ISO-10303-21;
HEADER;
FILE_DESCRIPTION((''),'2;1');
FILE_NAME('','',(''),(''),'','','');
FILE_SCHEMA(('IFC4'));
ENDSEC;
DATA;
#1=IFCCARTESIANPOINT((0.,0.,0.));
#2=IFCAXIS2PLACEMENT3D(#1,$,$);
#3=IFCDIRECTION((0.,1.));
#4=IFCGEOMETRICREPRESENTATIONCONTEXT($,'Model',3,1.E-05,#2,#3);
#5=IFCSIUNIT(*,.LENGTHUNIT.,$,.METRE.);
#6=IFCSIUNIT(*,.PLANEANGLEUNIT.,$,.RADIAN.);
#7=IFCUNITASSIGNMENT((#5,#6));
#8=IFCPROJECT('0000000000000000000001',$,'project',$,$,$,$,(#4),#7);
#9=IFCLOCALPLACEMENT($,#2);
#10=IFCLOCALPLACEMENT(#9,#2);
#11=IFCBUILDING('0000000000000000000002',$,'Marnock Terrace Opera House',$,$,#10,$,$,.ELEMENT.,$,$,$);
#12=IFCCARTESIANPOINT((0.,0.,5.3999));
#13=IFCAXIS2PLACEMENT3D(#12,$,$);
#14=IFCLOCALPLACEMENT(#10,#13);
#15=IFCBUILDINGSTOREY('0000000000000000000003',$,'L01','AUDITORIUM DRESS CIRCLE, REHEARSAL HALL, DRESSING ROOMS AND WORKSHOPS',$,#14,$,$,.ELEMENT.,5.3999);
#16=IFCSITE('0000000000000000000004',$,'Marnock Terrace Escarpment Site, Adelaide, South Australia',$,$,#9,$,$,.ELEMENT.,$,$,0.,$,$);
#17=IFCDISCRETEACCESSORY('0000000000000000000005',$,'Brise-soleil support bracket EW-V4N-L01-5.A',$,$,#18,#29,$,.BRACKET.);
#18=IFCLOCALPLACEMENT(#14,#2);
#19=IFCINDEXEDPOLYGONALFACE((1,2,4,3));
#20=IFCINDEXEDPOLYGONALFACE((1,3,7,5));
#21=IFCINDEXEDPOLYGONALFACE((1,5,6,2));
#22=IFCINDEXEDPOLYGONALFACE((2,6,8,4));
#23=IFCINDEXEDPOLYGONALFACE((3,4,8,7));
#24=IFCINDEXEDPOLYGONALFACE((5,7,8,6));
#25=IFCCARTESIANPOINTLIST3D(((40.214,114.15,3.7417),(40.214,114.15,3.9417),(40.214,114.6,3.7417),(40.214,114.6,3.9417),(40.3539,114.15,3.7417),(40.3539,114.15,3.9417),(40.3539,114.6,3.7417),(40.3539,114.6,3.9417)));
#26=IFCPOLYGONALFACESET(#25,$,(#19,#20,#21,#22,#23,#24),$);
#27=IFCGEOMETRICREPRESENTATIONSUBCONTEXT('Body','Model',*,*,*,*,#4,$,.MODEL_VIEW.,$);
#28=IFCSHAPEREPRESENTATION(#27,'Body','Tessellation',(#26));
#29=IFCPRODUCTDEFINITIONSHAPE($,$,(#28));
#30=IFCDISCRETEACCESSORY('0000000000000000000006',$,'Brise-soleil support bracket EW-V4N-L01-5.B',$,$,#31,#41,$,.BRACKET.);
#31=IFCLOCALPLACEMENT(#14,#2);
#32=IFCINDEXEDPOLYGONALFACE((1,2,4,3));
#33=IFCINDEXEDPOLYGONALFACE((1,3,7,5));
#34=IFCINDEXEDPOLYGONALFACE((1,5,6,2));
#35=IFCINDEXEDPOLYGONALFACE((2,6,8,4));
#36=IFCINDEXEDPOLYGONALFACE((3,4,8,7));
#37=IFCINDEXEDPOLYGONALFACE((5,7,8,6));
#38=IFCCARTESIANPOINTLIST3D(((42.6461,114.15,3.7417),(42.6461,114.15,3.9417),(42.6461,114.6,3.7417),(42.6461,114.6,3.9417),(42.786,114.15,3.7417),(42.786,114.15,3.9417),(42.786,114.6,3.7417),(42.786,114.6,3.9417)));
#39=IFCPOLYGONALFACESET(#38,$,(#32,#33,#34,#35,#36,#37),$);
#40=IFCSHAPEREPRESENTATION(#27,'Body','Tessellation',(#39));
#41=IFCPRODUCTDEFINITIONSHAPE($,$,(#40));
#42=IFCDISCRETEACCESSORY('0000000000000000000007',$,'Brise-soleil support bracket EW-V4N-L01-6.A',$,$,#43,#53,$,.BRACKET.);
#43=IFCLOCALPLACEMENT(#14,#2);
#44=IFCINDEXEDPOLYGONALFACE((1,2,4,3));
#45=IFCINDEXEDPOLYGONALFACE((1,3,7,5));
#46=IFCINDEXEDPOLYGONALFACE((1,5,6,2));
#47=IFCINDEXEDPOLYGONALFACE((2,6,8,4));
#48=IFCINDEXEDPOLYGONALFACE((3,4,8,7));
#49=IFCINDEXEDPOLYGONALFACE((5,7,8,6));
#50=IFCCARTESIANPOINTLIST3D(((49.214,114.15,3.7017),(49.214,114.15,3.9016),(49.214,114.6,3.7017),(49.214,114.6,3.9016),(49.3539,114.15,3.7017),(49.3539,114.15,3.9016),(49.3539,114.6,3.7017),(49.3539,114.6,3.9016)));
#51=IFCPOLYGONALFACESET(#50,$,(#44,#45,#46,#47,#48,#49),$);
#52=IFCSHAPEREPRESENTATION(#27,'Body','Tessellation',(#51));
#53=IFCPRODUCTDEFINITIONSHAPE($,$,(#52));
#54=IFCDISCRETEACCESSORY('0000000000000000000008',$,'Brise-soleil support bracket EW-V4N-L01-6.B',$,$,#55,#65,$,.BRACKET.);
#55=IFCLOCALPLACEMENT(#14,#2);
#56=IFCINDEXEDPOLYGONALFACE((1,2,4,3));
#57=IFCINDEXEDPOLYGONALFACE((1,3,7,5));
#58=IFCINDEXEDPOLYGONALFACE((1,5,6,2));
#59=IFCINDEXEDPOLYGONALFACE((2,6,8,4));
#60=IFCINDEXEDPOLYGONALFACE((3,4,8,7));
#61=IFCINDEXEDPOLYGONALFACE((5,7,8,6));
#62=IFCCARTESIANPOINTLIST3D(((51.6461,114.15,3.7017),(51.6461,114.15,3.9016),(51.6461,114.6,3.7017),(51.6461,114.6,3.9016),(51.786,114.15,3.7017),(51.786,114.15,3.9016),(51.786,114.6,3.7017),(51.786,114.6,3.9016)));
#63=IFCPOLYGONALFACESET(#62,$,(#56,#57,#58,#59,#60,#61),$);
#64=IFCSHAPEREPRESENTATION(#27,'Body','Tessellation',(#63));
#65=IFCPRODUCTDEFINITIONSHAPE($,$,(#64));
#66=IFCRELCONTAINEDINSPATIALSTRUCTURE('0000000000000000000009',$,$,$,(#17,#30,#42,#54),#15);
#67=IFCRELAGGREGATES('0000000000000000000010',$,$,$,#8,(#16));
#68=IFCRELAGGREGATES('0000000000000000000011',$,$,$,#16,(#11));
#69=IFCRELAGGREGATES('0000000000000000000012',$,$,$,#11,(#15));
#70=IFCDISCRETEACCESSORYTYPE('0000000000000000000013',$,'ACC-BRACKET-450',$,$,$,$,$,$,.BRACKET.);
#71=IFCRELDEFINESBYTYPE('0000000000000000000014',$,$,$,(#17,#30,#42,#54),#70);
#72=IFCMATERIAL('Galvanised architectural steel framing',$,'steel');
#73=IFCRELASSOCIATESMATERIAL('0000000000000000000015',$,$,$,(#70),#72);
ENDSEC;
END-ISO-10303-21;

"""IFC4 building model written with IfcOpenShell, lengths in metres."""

from ifc_helpers import new_model, si_unit, direction, frame, origin, origin_2d, place, context, subcontext, project, spatial, rectangle, extrude, material, type_object, element, save


model = new_model("IFC4")

# Units and contexts
model_context = context("Model", 3, precision=1e-05, world=origin(), true_north=direction((0.0, 1.0)))
body_context = subcontext(model_context, "Body", "Model", "MODEL_VIEW")
ifc_project = project(units=[si_unit("LENGTHUNIT", "METRE"), si_unit("PLANEANGLEUNIT", "RADIAN")], contexts=[model_context])

# Site, building, storey
site_placement = place(None, origin())
site = spatial("IfcSite", under=ifc_project, at=site_placement, Name="Marnock Terrace Escarpment Site, Adelaide, South Australia", CompositionType="ELEMENT", RefElevation=0.0)
building_placement = place(site_placement, origin())
building = spatial("IfcBuilding", under=site, at=building_placement, Name="Marnock Terrace Opera House", CompositionType="ELEMENT")
storey_placement = place(building_placement, frame((0.0, 0.0, 5.3999)))
storey = spatial("IfcBuildingStorey", under=building, at=storey_placement, Name="L01", Description="AUDITORIUM DRESS CIRCLE, REHEARSAL HALL, DRESSING ROOMS AND WORKSHOPS", CompositionType="ELEMENT", Elevation=5.3999)

# Discrete accessories
ifc_material_1 = material(Name="Galvanised architectural steel framing", Category="steel")
discrete_accessory_type = type_object("IfcDiscreteAccessoryType", Name="ACC-BRACKET-450", PredefinedType="BRACKET", material=ifc_material_1)
for number, where, z_axis, x_axis, name in (
    (1, (40.2839, 114.375, 3.7417), (0.0, 0.0, 1.0), (1.0, 0.0, 0.0), "Brise-soleil support bracket EW-V4N-L01-5.A"),
    (2, (42.7161, 114.375, 3.7417), (0.0, 0.0, 1.0), (1.0, 0.0, 0.0), "Brise-soleil support bracket EW-V4N-L01-5.B"),
    (3, (49.2839, 114.375, 3.7017), (0.0, 0.0, 1.0), (1.0, 0.0, 0.0), "Brise-soleil support bracket EW-V4N-L01-6.A"),
    (4, (51.7161, 114.375, 3.7017), (0.0, 0.0, 1.0), (1.0, 0.0, 0.0), "Brise-soleil support bracket EW-V4N-L01-6.B"),
):
    element("IfcDiscreteAccessory", number, at=place(storey_placement, frame(where, z_axis=z_axis, x_axis=x_axis)), inside=storey, type_object=discrete_accessory_type, Name=name, PredefinedType="BRACKET", context=body_context, shape_type="SweptSolid", body=[
        extrude(rectangle(XDim=0.1399, YDim=0.45, at=origin_2d()), origin(), (0.0, 0.0, 1.0), 0.2),
    ])

save(model, "model.ifc")
